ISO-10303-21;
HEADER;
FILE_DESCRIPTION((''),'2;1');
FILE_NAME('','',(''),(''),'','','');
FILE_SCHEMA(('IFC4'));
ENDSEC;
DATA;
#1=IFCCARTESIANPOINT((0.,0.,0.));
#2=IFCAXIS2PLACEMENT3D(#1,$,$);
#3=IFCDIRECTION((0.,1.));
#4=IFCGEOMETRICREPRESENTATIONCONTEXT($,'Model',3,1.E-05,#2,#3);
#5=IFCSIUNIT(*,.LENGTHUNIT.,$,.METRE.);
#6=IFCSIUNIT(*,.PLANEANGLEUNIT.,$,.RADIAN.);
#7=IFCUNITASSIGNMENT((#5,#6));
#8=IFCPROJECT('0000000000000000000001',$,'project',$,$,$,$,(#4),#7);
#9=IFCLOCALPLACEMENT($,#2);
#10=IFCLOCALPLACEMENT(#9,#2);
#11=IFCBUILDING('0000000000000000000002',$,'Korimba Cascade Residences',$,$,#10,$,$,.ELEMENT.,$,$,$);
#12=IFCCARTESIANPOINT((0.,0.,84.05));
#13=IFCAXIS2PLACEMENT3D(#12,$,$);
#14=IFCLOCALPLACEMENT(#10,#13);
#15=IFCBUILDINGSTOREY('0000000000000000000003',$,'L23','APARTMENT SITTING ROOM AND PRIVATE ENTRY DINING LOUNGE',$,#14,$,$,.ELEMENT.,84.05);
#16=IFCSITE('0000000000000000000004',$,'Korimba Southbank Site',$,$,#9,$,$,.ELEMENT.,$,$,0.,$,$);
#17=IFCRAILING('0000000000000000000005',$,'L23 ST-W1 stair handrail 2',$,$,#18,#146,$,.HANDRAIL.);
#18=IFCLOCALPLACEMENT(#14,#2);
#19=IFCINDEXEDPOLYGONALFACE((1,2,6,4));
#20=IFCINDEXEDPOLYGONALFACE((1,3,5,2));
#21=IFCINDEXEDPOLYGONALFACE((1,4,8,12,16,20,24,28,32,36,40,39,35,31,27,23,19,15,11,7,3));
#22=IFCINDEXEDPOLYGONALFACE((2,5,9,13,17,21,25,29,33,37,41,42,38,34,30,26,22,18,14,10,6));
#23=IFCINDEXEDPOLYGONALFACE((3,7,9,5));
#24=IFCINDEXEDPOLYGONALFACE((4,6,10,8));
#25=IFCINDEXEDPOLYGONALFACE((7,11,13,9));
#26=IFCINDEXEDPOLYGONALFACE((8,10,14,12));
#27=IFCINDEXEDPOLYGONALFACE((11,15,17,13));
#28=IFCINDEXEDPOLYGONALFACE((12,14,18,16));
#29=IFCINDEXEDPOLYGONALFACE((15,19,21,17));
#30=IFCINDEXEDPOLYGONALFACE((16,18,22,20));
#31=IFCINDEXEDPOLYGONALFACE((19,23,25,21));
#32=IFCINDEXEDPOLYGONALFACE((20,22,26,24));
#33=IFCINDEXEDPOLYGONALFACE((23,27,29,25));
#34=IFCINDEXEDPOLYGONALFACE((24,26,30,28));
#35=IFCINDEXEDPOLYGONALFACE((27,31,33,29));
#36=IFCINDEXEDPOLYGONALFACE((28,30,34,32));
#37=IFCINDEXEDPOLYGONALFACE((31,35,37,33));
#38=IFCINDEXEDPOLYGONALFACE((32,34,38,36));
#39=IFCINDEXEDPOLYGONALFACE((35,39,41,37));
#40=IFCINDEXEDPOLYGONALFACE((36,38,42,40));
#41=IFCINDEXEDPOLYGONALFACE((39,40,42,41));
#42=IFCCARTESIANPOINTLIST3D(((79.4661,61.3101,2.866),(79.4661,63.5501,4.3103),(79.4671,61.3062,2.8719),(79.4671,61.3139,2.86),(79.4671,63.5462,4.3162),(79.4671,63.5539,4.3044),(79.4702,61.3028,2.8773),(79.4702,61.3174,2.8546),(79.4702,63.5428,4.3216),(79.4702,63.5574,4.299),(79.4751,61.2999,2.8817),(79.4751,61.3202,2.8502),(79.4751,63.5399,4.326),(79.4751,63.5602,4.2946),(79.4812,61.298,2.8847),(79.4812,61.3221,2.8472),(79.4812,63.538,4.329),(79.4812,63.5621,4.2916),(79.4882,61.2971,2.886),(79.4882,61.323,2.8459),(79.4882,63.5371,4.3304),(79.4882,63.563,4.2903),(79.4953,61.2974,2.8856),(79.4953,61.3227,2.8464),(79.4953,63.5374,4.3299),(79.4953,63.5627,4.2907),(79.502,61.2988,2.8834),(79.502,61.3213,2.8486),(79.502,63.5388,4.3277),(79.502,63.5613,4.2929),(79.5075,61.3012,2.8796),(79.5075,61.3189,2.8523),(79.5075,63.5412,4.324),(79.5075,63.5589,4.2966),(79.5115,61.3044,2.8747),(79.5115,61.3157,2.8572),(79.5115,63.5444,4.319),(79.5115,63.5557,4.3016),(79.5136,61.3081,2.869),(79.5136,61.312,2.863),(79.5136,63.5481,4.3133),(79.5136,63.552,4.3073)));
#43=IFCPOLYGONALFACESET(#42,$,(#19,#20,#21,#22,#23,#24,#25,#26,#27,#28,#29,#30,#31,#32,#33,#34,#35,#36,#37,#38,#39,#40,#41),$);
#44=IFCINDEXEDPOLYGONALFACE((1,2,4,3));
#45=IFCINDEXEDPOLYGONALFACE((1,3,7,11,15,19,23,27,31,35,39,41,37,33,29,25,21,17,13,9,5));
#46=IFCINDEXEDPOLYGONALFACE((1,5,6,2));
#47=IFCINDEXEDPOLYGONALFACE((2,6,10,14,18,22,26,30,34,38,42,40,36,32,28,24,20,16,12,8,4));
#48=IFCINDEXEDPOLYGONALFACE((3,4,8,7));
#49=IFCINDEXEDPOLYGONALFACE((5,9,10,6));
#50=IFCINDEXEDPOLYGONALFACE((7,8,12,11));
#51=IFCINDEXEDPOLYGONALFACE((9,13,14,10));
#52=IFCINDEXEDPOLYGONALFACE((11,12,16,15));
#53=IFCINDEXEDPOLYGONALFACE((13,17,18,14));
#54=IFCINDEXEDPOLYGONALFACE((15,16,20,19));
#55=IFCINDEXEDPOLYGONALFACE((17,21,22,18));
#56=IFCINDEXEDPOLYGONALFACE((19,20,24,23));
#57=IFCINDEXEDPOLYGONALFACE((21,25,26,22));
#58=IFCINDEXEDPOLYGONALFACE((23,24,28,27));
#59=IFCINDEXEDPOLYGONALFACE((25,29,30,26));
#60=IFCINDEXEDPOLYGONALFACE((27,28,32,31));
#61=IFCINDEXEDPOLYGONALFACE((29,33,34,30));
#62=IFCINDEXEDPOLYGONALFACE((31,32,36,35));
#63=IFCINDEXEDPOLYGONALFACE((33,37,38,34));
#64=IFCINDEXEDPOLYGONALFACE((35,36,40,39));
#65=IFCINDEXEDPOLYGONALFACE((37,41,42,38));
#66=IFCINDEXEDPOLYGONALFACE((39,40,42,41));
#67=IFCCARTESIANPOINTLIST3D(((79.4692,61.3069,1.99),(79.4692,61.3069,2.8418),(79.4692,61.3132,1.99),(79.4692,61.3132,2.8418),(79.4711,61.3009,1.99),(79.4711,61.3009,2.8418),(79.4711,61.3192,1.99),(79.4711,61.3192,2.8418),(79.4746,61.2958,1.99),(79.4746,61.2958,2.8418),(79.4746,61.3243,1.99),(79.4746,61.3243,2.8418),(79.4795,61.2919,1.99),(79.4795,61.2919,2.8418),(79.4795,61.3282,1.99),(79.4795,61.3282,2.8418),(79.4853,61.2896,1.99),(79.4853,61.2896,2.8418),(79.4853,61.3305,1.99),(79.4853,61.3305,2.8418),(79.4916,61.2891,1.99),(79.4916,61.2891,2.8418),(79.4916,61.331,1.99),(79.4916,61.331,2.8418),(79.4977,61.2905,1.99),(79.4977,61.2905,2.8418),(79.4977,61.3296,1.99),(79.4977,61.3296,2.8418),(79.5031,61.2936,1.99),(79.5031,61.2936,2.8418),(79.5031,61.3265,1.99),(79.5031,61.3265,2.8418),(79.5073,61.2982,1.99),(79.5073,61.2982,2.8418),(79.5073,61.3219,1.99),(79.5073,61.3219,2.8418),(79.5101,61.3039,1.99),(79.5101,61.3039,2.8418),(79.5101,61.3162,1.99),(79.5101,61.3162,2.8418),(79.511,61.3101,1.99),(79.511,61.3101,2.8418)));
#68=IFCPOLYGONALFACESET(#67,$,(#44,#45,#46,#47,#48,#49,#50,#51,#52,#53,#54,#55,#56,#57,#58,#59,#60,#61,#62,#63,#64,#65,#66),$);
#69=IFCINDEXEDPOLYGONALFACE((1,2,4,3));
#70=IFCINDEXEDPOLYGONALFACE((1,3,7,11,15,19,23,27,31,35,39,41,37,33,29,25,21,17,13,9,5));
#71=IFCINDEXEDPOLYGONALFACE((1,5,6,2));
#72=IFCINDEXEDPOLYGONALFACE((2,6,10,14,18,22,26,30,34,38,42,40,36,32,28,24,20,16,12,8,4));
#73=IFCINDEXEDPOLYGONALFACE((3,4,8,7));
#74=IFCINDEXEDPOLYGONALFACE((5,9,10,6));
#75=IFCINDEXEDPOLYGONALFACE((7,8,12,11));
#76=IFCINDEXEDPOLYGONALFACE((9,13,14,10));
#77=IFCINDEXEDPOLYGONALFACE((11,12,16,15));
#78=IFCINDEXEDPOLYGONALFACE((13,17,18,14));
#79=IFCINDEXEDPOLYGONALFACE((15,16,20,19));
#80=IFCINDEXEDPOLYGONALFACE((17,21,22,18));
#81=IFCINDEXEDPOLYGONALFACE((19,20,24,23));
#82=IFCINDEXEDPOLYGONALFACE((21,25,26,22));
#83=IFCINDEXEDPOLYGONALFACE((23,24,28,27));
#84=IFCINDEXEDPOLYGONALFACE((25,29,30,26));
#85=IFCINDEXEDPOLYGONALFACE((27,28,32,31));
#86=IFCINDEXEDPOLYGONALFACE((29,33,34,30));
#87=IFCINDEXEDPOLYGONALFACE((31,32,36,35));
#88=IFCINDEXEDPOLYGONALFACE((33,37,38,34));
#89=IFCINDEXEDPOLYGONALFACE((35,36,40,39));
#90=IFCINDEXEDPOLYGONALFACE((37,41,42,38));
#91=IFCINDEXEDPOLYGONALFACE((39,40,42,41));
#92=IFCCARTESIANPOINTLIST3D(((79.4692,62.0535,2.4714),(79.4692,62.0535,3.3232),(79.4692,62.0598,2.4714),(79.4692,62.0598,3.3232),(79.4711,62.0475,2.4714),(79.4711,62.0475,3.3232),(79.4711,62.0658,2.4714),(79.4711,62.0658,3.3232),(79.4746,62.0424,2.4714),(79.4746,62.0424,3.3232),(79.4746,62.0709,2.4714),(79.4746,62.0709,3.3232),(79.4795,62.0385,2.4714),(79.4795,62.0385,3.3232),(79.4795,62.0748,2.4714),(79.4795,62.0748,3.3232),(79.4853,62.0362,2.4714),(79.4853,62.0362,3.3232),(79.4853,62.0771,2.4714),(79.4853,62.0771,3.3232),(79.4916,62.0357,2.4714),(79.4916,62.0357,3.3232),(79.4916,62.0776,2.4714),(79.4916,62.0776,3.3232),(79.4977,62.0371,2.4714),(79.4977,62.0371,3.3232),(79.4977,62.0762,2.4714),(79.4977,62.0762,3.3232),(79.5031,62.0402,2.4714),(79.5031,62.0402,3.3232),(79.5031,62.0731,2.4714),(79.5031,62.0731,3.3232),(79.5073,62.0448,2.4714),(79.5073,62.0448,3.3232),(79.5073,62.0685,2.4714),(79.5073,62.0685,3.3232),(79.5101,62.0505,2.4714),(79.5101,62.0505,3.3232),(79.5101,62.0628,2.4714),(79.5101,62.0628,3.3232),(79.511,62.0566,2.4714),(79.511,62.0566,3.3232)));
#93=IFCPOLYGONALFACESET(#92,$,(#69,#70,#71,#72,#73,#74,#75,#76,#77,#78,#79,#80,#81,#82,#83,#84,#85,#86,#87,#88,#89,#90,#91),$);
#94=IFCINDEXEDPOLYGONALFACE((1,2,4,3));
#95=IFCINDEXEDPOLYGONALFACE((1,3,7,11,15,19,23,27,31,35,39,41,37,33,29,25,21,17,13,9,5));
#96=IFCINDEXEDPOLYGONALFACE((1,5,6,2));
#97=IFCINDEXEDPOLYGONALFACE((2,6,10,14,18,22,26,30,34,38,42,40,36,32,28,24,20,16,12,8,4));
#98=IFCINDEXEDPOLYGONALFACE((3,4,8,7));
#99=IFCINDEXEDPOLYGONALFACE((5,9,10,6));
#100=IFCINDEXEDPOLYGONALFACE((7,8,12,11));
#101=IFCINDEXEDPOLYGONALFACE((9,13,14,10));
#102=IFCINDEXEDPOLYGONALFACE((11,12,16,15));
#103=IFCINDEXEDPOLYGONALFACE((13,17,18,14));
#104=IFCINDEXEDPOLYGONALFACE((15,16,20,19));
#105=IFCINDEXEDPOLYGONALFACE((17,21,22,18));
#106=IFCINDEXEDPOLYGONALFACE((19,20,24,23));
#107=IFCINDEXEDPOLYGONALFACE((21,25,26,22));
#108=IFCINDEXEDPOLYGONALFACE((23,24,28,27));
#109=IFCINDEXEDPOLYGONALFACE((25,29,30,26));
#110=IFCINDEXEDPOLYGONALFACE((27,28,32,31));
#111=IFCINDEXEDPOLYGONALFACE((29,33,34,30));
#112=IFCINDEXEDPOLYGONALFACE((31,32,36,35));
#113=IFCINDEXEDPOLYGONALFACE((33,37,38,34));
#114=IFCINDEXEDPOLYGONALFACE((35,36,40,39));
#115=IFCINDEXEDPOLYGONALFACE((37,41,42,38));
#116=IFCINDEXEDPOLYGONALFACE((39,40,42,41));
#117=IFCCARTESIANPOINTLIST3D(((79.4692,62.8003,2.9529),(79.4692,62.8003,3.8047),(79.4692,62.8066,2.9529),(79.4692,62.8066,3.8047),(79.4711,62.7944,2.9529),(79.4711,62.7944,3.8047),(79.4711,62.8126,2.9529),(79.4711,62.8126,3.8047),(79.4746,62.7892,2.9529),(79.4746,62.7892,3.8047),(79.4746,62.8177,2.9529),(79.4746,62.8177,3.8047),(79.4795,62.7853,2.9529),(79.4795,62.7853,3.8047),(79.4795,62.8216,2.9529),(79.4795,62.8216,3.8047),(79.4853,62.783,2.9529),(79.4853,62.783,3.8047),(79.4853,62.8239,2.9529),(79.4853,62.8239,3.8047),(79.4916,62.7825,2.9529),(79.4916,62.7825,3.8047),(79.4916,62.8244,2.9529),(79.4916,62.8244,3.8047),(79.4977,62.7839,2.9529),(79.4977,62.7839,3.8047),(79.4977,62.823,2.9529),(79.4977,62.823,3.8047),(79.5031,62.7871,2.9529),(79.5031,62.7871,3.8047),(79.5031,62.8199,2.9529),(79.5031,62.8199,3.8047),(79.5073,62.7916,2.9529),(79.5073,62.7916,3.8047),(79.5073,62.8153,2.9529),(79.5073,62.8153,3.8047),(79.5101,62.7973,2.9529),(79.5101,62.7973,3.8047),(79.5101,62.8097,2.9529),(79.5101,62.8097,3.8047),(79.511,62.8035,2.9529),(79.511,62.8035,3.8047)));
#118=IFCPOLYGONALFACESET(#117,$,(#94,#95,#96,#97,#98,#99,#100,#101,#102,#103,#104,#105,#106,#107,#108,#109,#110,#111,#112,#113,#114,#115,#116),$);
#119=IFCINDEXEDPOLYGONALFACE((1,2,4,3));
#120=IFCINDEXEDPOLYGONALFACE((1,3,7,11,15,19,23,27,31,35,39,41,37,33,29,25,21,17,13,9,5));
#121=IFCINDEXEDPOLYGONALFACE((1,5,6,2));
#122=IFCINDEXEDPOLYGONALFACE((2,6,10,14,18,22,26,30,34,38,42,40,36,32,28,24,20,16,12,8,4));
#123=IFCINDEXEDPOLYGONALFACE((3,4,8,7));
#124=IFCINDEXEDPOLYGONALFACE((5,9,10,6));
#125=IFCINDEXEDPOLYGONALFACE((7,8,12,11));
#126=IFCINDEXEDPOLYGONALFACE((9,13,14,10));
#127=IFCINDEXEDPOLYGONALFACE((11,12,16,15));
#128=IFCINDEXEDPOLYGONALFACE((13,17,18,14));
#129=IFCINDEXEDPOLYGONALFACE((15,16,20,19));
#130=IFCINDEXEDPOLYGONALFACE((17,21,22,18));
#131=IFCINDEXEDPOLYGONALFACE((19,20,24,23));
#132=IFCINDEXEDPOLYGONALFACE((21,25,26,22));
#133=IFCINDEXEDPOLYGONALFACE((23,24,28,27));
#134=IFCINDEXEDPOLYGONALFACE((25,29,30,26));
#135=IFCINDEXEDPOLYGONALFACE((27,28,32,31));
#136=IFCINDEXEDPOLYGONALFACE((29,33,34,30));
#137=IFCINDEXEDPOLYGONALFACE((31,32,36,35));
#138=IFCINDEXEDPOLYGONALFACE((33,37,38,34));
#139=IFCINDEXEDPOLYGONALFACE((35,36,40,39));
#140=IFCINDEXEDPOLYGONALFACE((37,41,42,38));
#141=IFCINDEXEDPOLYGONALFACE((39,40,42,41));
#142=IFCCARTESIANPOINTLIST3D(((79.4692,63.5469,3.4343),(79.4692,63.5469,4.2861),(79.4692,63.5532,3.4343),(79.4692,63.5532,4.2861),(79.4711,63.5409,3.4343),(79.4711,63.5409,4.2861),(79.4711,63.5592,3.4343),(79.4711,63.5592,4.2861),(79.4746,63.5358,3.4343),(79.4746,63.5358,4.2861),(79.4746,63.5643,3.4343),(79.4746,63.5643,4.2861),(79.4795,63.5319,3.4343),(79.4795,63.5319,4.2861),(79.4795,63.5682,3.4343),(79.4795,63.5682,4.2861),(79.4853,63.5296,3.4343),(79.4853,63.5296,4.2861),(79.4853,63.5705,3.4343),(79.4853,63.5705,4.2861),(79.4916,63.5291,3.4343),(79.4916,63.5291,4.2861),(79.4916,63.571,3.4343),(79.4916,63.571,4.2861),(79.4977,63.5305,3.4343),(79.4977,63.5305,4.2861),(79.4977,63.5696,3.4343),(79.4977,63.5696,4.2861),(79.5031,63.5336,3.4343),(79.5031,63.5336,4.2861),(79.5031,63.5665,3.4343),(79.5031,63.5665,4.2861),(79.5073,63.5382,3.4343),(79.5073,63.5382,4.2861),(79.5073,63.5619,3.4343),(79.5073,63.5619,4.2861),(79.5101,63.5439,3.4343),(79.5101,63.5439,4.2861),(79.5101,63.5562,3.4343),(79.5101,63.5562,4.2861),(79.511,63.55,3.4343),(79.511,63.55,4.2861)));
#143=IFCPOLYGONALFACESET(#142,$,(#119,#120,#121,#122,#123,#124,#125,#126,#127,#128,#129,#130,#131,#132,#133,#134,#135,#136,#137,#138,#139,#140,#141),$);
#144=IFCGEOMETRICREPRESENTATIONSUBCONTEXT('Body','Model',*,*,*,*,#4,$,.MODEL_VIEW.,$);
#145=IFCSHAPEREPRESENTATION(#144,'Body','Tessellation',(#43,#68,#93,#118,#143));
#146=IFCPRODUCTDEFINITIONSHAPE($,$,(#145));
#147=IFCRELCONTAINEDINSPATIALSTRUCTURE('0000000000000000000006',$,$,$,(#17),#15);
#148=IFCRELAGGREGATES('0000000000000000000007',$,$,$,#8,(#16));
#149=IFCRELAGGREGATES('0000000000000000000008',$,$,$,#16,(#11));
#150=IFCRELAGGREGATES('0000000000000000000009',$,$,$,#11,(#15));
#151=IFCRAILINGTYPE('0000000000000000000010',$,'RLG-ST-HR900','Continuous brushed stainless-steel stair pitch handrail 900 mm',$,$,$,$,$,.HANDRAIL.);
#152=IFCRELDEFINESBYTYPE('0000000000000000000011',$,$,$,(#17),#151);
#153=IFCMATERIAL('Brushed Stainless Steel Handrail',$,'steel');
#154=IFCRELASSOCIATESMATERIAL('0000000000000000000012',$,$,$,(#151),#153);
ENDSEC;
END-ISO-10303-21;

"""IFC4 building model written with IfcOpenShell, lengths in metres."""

from ifc_helpers import new_model, si_unit, direction, frame, origin, origin_2d, place, context, subcontext, project, spatial, circle, extrude, material, type_object, element, save


model = new_model("IFC4")

# Units and contexts
model_context = context("Model", 3, precision=1e-05, world=origin(), true_north=direction((0.0, 1.0)))
body_context = subcontext(model_context, "Body", "Model", "MODEL_VIEW")
ifc_project = project(units=[si_unit("LENGTHUNIT", "METRE"), si_unit("PLANEANGLEUNIT", "RADIAN")], contexts=[model_context])

# Site, building, storey
site_placement = place(None, origin())
site = spatial("IfcSite", under=ifc_project, at=site_placement, Name="Korimba Southbank Site", CompositionType="ELEMENT", RefElevation=0.0)
building_placement = place(site_placement, origin())
building = spatial("IfcBuilding", under=site, at=building_placement, Name="Korimba Cascade Residences", CompositionType="ELEMENT")
storey_placement = place(building_placement, frame((0.0, 0.0, 84.05)))
storey = spatial("IfcBuildingStorey", under=building, at=storey_placement, Name="L23", Description="APARTMENT SITTING ROOM AND PRIVATE ENTRY DINING LOUNGE", CompositionType="ELEMENT", Elevation=84.05)

# Railing
ifc_material_1 = material(Name="Brushed Stainless Steel Handrail", Category="steel")
railing_type_1 = type_object("IfcRailingType", Name="RLG-ST-HR900", Description="Continuous brushed stainless-steel stair pitch handrail 900 mm", PredefinedType="HANDRAIL", material=ifc_material_1)
railing_1_placement = place(storey_placement, frame((79.49, 61.3101, 1.99)))
element("IfcRailing", 1, at=railing_1_placement, inside=storey, type_object=railing_type_1, Name="L23 ST-W1 stair handrail 2", PredefinedType="HANDRAIL", context=body_context, shape_type="SweptSolid", body=[
    extrude(circle(Radius=0.0239, at=origin_2d()), frame((0.0, 0.0, 0.876), z_axis=(0.0, 0.840437, 0.54191), x_axis=(-1.0, 0.0, 0.0)), (0.0, 0.0, 1.0), 2.6653),
    extrude(circle(Radius=0.021, at=origin_2d()), origin(), (0.0, 0.0, 1.0), 0.8518),
    extrude(circle(Radius=0.021, at=origin_2d()), frame((0.0, 0.7466, 0.4814)), (0.0, 0.0, 1.0), 0.8518),
    extrude(circle(Radius=0.021, at=origin_2d()), frame((0.0, 1.4934, 0.9629)), (0.0, 0.0, 1.0), 0.8518),
    extrude(circle(Radius=0.021, at=origin_2d()), frame((0.0, 2.24, 1.4443)), (0.0, 0.0, 1.0), 0.8518),
])

save(model, "model.ifc")
